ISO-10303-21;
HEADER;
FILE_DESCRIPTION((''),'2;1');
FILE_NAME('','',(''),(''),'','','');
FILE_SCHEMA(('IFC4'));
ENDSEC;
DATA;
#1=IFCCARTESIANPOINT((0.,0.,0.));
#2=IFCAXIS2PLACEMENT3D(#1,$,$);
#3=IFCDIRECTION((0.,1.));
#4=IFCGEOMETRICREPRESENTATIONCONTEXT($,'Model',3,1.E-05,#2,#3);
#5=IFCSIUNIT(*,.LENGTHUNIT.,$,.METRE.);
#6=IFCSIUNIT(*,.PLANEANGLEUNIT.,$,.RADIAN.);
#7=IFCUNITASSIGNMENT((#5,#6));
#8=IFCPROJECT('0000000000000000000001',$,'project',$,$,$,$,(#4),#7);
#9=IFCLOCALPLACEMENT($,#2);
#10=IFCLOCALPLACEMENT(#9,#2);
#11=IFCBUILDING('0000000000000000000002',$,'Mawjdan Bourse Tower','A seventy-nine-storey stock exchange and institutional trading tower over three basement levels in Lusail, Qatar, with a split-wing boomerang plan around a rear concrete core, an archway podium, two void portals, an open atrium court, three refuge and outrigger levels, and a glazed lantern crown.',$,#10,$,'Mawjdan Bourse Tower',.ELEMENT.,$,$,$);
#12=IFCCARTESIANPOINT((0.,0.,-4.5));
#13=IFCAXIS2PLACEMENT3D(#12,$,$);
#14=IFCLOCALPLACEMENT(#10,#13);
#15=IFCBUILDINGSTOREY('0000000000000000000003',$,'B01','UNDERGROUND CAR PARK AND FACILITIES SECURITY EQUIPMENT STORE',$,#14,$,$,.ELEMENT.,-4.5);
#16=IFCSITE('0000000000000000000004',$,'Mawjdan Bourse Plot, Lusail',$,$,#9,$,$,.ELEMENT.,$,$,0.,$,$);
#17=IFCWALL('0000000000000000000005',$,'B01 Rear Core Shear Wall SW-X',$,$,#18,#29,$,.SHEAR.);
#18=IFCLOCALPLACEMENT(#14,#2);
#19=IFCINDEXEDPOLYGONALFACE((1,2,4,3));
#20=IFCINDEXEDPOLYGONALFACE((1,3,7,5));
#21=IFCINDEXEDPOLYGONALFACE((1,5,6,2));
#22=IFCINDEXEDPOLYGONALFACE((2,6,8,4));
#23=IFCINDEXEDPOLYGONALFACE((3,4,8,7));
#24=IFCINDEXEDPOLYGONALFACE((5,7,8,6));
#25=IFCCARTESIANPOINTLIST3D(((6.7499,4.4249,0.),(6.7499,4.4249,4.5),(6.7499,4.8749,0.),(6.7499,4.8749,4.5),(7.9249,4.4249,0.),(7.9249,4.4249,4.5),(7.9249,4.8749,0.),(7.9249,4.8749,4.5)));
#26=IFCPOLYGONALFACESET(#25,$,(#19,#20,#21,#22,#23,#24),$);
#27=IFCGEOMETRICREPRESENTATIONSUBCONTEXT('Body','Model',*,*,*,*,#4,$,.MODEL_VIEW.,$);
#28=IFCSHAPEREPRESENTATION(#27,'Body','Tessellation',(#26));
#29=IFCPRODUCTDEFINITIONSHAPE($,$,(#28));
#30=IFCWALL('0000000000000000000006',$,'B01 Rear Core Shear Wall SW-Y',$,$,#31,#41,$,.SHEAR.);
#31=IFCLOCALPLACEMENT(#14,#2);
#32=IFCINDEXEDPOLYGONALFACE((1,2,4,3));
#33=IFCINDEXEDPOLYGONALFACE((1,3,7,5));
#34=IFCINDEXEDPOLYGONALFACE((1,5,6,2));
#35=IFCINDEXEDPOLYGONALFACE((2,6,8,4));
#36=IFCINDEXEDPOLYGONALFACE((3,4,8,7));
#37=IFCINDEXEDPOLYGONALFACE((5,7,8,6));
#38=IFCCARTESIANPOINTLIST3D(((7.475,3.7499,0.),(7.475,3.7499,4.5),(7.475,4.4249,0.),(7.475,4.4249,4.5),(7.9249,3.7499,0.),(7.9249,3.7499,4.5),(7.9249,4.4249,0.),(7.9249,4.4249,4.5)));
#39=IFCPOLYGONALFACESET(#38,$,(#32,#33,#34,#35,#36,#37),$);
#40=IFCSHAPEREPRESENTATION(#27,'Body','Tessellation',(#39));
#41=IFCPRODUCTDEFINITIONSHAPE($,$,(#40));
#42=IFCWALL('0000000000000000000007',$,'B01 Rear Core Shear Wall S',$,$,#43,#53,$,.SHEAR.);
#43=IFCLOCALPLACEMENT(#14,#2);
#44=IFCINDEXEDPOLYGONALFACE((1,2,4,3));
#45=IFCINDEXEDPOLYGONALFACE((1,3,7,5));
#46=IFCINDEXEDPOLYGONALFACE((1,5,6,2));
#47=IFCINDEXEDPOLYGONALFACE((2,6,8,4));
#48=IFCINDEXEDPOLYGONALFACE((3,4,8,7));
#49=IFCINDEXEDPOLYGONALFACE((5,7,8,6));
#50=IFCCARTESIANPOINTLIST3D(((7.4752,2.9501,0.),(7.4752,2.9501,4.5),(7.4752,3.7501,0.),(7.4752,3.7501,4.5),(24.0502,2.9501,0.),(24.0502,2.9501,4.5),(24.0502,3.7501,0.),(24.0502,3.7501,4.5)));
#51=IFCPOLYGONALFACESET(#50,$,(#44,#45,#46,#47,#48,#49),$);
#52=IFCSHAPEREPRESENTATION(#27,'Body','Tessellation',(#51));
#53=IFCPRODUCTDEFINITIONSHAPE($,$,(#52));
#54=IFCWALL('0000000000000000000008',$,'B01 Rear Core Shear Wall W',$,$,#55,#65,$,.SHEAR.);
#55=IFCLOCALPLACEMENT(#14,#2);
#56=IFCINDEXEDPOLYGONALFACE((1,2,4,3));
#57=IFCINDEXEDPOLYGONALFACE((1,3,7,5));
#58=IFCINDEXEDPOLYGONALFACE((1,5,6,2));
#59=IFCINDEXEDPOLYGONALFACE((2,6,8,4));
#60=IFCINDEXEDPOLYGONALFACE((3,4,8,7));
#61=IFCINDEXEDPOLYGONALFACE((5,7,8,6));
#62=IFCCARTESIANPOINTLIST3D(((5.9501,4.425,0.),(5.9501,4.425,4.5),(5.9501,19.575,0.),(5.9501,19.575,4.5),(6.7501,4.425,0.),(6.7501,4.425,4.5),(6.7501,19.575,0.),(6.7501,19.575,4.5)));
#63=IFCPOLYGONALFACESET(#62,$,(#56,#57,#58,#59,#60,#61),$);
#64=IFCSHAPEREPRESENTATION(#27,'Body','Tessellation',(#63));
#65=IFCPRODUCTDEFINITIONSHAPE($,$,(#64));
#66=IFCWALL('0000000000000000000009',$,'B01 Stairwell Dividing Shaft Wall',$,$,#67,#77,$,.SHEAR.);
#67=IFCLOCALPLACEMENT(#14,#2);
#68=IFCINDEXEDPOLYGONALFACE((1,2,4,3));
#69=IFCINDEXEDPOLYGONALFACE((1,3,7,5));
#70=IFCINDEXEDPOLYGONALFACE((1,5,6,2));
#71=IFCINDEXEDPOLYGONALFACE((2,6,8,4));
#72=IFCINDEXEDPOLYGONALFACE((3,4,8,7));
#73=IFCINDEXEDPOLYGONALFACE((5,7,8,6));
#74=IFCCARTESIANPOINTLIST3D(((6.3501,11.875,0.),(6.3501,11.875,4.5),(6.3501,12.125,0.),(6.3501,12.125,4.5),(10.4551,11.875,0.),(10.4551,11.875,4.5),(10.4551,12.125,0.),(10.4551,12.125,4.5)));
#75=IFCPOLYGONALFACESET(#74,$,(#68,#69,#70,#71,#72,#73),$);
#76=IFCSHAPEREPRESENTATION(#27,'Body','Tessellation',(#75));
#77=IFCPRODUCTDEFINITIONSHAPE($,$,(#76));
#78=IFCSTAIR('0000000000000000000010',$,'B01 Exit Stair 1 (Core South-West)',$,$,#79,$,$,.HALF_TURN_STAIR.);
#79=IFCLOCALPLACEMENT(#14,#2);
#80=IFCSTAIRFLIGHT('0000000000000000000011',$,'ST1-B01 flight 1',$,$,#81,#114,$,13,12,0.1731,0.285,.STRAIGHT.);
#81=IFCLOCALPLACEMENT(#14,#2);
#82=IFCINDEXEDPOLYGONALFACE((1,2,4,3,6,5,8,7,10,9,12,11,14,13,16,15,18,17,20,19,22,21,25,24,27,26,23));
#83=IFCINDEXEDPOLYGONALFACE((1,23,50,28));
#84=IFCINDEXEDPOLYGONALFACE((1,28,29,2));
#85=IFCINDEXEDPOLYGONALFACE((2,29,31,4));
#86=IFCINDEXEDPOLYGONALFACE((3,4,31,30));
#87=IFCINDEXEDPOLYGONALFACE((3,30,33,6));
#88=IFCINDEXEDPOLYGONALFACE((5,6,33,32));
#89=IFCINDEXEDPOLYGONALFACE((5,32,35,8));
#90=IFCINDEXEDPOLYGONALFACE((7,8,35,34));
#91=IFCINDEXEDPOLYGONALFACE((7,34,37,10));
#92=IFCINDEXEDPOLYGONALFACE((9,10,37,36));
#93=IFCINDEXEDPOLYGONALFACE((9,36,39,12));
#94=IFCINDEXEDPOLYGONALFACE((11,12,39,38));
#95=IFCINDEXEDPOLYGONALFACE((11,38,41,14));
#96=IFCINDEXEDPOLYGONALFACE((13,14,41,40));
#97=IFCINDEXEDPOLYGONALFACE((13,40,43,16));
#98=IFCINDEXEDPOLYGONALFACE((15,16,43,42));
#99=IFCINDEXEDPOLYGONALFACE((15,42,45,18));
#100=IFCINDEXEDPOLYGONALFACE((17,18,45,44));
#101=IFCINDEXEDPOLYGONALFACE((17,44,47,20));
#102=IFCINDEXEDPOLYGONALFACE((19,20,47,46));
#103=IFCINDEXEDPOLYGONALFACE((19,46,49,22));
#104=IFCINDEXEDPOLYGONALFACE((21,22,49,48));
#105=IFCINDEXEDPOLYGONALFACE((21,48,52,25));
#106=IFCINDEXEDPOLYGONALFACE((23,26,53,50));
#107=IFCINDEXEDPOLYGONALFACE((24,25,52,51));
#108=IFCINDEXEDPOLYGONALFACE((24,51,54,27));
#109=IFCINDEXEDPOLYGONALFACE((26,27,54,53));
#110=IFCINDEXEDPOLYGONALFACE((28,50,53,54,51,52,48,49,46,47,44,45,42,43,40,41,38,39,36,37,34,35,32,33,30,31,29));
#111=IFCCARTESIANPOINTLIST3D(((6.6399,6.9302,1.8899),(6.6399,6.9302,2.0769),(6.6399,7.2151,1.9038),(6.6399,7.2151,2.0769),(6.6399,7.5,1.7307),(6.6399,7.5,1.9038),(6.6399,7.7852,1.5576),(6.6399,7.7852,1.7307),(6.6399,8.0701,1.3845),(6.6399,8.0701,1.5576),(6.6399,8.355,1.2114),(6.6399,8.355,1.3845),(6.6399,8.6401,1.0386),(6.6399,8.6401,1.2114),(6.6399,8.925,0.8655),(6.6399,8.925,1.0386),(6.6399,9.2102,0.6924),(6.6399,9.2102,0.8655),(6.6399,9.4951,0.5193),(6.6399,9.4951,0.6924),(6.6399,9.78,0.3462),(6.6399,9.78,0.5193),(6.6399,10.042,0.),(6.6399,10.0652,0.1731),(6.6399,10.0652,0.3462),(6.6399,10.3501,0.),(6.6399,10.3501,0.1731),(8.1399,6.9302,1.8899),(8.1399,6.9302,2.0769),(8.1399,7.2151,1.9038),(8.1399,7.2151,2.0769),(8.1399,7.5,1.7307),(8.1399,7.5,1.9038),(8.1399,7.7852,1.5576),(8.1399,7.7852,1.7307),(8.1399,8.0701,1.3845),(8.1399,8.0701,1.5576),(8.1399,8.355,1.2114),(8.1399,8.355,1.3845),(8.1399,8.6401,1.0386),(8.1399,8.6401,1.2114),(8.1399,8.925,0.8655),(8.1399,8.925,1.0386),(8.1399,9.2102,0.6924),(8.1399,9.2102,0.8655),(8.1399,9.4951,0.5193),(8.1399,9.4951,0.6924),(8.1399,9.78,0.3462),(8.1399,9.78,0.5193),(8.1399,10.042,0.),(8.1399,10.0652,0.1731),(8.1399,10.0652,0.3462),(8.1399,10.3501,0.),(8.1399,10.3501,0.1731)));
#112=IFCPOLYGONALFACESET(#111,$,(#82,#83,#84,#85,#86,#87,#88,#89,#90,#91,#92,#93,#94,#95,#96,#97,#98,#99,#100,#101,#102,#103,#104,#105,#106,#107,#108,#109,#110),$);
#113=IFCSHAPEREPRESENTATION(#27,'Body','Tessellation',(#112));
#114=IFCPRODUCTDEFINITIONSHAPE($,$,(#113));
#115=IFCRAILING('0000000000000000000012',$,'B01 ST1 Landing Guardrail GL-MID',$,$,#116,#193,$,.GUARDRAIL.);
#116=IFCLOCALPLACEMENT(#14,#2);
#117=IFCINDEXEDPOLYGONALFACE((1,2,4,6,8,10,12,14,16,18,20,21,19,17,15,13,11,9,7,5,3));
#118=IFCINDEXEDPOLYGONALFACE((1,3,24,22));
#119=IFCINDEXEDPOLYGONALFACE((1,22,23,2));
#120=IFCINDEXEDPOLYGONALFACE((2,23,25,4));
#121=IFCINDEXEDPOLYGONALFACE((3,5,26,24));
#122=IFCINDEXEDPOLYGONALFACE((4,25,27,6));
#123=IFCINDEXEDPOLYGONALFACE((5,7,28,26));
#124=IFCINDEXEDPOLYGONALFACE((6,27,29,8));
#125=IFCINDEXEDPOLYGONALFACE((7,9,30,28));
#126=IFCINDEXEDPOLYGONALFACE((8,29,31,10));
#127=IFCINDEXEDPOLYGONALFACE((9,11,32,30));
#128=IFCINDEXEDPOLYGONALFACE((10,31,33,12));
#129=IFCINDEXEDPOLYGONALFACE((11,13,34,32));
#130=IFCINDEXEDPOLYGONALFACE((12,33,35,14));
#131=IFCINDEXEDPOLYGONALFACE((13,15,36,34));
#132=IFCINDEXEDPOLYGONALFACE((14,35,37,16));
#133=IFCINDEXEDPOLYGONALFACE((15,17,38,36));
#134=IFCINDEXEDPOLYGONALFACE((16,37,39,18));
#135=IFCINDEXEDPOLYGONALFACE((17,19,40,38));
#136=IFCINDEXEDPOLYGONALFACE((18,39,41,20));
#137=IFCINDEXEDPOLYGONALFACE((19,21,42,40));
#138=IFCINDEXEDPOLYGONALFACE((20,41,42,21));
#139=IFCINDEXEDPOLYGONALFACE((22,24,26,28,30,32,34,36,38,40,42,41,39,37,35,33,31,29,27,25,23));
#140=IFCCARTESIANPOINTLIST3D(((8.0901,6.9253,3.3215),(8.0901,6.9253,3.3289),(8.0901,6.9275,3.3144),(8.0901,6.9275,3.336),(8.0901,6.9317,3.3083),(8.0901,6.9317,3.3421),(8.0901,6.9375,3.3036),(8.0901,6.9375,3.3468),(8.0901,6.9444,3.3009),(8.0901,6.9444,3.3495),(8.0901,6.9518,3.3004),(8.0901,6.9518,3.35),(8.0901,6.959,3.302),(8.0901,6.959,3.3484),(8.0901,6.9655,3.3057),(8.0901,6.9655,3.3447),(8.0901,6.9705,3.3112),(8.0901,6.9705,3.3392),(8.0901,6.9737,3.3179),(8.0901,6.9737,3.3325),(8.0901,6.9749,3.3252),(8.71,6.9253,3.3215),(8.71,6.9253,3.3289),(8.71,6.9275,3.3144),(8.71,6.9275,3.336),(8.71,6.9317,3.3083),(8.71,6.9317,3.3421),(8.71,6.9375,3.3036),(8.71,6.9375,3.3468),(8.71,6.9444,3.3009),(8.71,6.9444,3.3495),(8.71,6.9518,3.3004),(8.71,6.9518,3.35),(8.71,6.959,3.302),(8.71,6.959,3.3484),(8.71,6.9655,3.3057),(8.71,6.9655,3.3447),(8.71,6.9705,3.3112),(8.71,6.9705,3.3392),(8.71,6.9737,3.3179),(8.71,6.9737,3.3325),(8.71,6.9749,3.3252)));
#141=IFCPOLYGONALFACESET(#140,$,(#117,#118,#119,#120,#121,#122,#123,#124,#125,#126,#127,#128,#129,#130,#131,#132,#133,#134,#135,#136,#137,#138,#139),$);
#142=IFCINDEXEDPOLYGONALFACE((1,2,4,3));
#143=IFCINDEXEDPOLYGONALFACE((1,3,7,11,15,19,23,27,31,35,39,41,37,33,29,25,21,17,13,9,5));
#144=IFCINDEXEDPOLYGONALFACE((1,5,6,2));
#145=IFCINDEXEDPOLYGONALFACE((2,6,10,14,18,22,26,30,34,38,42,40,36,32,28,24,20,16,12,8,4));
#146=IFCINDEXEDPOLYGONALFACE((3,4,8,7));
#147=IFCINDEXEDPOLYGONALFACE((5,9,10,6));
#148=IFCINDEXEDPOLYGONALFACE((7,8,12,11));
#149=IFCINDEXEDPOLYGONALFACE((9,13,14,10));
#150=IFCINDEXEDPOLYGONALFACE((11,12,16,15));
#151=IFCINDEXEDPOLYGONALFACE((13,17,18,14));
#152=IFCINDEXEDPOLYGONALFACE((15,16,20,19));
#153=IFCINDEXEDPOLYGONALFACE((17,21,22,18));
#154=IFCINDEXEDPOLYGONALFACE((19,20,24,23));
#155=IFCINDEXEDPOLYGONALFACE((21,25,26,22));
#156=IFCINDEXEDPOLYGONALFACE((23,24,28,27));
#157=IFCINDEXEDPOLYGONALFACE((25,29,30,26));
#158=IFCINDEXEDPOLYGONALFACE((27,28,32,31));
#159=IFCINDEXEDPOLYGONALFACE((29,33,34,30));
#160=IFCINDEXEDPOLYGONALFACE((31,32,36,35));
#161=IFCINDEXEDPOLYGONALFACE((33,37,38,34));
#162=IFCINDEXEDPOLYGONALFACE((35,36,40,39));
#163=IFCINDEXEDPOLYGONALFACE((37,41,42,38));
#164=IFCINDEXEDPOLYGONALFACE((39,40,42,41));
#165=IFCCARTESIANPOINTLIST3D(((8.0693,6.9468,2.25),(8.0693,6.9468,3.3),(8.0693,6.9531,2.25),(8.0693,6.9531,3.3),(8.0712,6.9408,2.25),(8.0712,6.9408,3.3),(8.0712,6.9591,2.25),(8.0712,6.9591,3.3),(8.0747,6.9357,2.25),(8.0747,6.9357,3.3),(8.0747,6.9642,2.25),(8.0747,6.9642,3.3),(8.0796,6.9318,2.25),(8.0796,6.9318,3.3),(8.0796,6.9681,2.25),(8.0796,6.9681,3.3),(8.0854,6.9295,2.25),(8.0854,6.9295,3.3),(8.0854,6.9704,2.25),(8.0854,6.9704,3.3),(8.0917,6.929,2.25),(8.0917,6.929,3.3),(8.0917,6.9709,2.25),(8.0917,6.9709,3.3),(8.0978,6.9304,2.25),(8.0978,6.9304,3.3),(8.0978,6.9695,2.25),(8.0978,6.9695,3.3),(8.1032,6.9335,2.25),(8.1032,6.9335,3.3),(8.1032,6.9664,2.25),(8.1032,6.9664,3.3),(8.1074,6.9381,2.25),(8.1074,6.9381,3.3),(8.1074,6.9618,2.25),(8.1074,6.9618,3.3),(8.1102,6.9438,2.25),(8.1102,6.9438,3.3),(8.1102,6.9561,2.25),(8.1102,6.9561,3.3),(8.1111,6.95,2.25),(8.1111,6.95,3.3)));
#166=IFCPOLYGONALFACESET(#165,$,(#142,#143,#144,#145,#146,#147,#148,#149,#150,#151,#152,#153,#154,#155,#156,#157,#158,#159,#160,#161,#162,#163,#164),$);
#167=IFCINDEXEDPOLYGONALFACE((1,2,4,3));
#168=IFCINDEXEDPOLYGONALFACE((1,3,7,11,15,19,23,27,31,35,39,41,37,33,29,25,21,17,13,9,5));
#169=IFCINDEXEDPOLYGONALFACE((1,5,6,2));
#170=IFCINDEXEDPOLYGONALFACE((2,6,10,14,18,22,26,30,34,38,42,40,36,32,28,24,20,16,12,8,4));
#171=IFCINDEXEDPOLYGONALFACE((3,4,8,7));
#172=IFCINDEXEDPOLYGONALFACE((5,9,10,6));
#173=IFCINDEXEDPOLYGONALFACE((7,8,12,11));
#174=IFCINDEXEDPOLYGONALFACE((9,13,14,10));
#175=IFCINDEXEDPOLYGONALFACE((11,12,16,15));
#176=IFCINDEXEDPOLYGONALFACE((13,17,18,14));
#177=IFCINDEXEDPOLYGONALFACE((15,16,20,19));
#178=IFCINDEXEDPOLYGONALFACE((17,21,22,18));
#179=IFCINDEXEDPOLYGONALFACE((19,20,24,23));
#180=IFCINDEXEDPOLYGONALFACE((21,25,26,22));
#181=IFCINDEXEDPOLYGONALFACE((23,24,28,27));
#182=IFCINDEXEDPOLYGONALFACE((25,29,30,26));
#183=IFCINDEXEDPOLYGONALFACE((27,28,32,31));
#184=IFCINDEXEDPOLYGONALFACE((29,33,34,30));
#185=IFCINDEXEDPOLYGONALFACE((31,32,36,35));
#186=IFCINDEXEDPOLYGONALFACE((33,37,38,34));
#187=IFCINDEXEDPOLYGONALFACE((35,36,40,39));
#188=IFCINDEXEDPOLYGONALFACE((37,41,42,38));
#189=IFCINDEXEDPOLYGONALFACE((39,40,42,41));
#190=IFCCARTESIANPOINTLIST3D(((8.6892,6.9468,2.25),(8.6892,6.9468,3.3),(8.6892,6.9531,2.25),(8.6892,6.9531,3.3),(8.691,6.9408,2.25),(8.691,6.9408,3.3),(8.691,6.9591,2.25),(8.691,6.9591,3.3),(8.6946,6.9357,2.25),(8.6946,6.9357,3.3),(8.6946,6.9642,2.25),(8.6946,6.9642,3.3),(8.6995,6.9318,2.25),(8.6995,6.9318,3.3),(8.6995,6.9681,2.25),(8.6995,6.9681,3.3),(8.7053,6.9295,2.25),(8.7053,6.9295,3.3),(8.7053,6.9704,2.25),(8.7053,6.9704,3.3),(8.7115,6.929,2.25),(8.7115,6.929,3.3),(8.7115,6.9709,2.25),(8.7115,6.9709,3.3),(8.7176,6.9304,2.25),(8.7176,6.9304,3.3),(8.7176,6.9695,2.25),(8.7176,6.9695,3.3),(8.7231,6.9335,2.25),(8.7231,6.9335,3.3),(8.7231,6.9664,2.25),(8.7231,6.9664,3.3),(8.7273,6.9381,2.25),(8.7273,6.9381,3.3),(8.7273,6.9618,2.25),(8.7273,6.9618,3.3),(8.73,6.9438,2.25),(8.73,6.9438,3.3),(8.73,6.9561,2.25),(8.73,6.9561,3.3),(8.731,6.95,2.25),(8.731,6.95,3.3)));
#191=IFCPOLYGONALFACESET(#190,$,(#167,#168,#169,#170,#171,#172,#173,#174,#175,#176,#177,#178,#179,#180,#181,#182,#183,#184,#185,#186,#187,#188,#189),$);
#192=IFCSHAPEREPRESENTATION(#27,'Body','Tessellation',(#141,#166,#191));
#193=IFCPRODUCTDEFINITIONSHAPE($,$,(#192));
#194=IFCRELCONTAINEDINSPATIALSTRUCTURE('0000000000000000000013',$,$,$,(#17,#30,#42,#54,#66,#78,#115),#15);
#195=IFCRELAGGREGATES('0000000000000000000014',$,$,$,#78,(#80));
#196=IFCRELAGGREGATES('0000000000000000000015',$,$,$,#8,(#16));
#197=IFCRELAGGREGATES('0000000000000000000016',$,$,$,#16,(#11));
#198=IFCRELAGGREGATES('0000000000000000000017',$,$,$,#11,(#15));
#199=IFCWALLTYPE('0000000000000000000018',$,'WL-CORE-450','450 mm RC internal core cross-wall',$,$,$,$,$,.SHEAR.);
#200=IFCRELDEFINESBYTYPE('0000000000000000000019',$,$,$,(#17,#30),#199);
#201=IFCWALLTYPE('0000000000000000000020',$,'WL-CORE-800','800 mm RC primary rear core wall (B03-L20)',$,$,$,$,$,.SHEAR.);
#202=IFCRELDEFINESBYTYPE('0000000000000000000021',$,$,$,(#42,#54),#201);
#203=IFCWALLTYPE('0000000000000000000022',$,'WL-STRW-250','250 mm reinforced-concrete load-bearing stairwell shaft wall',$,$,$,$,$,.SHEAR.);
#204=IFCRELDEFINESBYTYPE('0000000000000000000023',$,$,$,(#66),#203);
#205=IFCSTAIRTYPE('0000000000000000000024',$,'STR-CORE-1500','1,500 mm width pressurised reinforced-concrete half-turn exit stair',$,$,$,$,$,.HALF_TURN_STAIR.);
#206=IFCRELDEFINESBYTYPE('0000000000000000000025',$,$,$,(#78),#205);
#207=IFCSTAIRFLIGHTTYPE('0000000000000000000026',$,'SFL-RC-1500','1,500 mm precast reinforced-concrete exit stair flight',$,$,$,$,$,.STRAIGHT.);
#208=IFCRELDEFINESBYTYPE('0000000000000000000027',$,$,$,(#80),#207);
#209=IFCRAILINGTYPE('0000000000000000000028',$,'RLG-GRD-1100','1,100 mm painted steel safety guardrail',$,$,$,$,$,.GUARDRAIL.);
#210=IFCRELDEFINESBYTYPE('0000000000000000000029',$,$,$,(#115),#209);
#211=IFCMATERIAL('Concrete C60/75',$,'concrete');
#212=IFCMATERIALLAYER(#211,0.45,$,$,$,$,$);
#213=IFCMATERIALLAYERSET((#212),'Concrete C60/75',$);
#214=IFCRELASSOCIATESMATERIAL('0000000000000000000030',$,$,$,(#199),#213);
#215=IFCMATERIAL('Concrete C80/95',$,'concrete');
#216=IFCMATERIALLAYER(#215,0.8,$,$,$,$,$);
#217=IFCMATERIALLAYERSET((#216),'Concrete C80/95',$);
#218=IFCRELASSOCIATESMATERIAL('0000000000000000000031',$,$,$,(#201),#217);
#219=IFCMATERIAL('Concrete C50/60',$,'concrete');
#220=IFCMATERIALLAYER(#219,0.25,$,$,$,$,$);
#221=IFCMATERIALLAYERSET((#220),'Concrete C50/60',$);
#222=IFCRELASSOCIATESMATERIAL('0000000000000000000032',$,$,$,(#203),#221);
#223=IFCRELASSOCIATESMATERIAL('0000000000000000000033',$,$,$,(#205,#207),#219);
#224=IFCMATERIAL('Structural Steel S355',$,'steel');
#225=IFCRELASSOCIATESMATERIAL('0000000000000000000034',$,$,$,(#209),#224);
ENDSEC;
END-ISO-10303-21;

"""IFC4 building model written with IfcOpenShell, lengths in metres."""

from ifc_helpers import new_model, si_unit, direction, frame, frame_2d, origin, origin_2d, place, context, subcontext, project, spatial, polyline, rectangle, circle, outline, extrude, material, layer, layer_set, type_object, element, aggregate, save


model = new_model("IFC4")

# Units and contexts
model_context = context("Model", 3, precision=1e-05, world=origin(), true_north=direction((0.0, 1.0)))
body_context = subcontext(model_context, "Body", "Model", "MODEL_VIEW")
ifc_project = project(units=[si_unit("LENGTHUNIT", "METRE"), si_unit("PLANEANGLEUNIT", "RADIAN")], contexts=[model_context])

# Site, building, storey
site_placement = place(None, origin())
site = spatial("IfcSite", under=ifc_project, at=site_placement, Name="Mawjdan Bourse Plot, Lusail", CompositionType="ELEMENT", RefElevation=0.0)
building_placement = place(site_placement, origin())
building = spatial("IfcBuilding", under=site, at=building_placement, Name="Mawjdan Bourse Tower", Description="A seventy-nine-storey stock exchange and institutional trading tower over three basement levels in Lusail, Qatar, with a split-wing boomerang plan around a rear concrete core, an archway podium, two void portals, an open atrium court, three refuge and outrigger levels, and a glazed lantern crown.", LongName="Mawjdan Bourse Tower", CompositionType="ELEMENT")
storey_placement = place(building_placement, frame((0.0, 0.0, -4.5)))
storey = spatial("IfcBuildingStorey", under=building, at=storey_placement, Name="B01", Description="UNDERGROUND CAR PARK AND FACILITIES SECURITY EQUIPMENT STORE", CompositionType="ELEMENT", Elevation=-4.5)

# Shared definitions
ifc_material_1 = material(Name="Concrete C80/95", Category="concrete")

# Shared definitions
ifc_material_2 = material(Name="Structural Steel S355", Category="steel")

# Walls
ifc_material_3 = material(Name="Concrete C60/75", Category="concrete")
ifc_layer_1 = layer(ifc_material_3, 0.45)
ifc_layer_set_1 = layer_set([ifc_layer_1], Name="Concrete C60/75")
wall_type_1 = type_object("IfcWallType", Name="WL-CORE-450", Description="450 mm RC internal core cross-wall", PredefinedType="SHEAR", material=ifc_layer_set_1)
wall_1_placement = place(storey_placement, frame((6.75, 4.6499, 0.0), z_axis=(0.0, 0.0, 1.0), x_axis=(1.0, 0.0, 0.0)))
element("IfcWall", 1, at=wall_1_placement, inside=storey, type_object=wall_type_1, Name="B01 Rear Core Shear Wall SW-X", PredefinedType="SHEAR", context=body_context, shape_type="SweptSolid", body=[
    extrude(rectangle(XDim=1.175, YDim=0.45, at=frame_2d((0.5874, 0.0))), origin(), (0.0, 0.0, 1.0), 4.5),
])
wall_2_placement = place(storey_placement, frame((7.7, 3.75, 0.0), z_axis=(0.0, 0.0, 1.0), x_axis=(0.0, 1.0, 0.0)))
element("IfcWall", 2, at=wall_2_placement, inside=storey, type_object=wall_type_1, Name="B01 Rear Core Shear Wall SW-Y", PredefinedType="SHEAR", context=body_context, shape_type="SweptSolid", body=[
    extrude(rectangle(XDim=0.675, YDim=0.45, at=frame_2d((0.3374, 0.0))), origin(), (0.0, 0.0, 1.0), 4.5),
])
ifc_layer_2 = layer(ifc_material_1, 0.8)
ifc_layer_set_2 = layer_set([ifc_layer_2], Name="Concrete C80/95")
wall_type_2 = type_object("IfcWallType", Name="WL-CORE-800", Description="800 mm RC primary rear core wall (B03-L20)", PredefinedType="SHEAR", material=ifc_layer_set_2)
wall_3_placement = place(storey_placement, frame((7.4751, 3.3501, 0.0), z_axis=(0.0, 0.0, 1.0), x_axis=(1.0, 0.0, 0.0)))
element("IfcWall", 3, at=wall_3_placement, inside=storey, type_object=wall_type_2, Name="B01 Rear Core Shear Wall S", PredefinedType="SHEAR", context=body_context, shape_type="SweptSolid", body=[
    extrude(rectangle(XDim=16.575, YDim=0.8, at=frame_2d((8.2876, 0.0))), origin(), (0.0, 0.0, 1.0), 4.5),
])
wall_4_placement = place(storey_placement, frame((6.3501, 4.425, 0.0), z_axis=(0.0, 0.0, 1.0), x_axis=(0.0, 1.0, 0.0)))
element("IfcWall", 4, at=wall_4_placement, inside=storey, type_object=wall_type_2, Name="B01 Rear Core Shear Wall W", PredefinedType="SHEAR", context=body_context, shape_type="SweptSolid", body=[
    extrude(rectangle(XDim=15.1499, YDim=0.8, at=frame_2d((7.575, 0.0))), origin(), (0.0, 0.0, 1.0), 4.5),
])
ifc_material_4 = material(Name="Concrete C50/60", Category="concrete")
ifc_layer_3 = layer(ifc_material_4, 0.25)
ifc_layer_set_3 = layer_set([ifc_layer_3], Name="Concrete C50/60")
wall_type_3 = type_object("IfcWallType", Name="WL-STRW-250", Description="250 mm reinforced-concrete load-bearing stairwell shaft wall", PredefinedType="SHEAR", material=ifc_layer_set_3)
wall_5_placement = place(storey_placement, frame((6.3501, 12.0, 0.0), z_axis=(0.0, 0.0, 1.0), x_axis=(1.0, 0.0, 0.0)))
element("IfcWall", 5, at=wall_5_placement, inside=storey, type_object=wall_type_3, Name="B01 Stairwell Dividing Shaft Wall", PredefinedType="SHEAR", context=body_context, shape_type="SweptSolid", body=[
    extrude(rectangle(XDim=4.105, YDim=0.25, at=frame_2d((2.0525, 0.0))), origin(), (0.0, 0.0, 1.0), 4.5),
])

# Stair, stair flight
stair_type = type_object("IfcStairType", Name="STR-CORE-1500", Description="1,500 mm width pressurised reinforced-concrete half-turn exit stair", PredefinedType="HALF_TURN_STAIR", material=ifc_material_4)
stair_placement = place(storey_placement, origin())
stair = element("IfcStair", 6, at=stair_placement, inside=storey, type_object=stair_type, Name="B01 Exit Stair 1 (Core South-West)", PredefinedType="HALF_TURN_STAIR")
stair_flight_type = type_object("IfcStairFlightType", Name="SFL-RC-1500", Description="1,500 mm precast reinforced-concrete exit stair flight", PredefinedType="STRAIGHT", material=ifc_material_4)
stair_flight_placement = place(storey_placement, frame((7.3899, 10.3501, 0.0), z_axis=(0.0, 0.0, 1.0), x_axis=(0.0, -1.0, 0.0)))
stair_flight = element("IfcStairFlight", 7, at=stair_flight_placement, type_object=stair_flight_type, Name="ST1-B01 flight 1", NumberOfRisers=13, NumberOfTreads=12, PredefinedType="STRAIGHT", RiserHeight=0.1731, TreadLength=0.285, context=body_context, shape_type="SweptSolid", body=[
    extrude(outline(polyline([(0.0, 0.0), (0.0, 0.1731), (0.2849, 0.1731), (0.2849, 0.3462), (0.5701, 0.3462), (0.5701, 0.5193), (0.855, 0.5193), (0.855, 0.6924), (1.1399, 0.6924), (1.1399, 0.8655), (1.425, 0.8655), (1.425, 1.0386), (1.71, 1.0386), (1.71, 1.2114), (1.9951, 1.2114), (1.9951, 1.3845), (2.28, 1.3845), (2.28, 1.5576), (2.5649, 1.5576), (2.5649, 1.7307), (2.8501, 1.7307), (2.8501, 1.9038), (3.135, 1.9038), (3.135, 2.0769), (3.4199, 2.0769), (3.4199, 2.25), (3.4199, 1.8899), (0.3081, 0.0), (0.0, 0.0)])), frame((0.0, 0.75, 0.0), z_axis=(0.0, -1.0, 0.0), x_axis=(1.0, 0.0, 0.0)), (0.0, 0.0, 1.0), 1.5),
])
aggregate(stair, [stair_flight])

# Railing
railing_type = type_object("IfcRailingType", Name="RLG-GRD-1100", Description="1,100 mm painted steel safety guardrail", PredefinedType="GUARDRAIL", material=ifc_material_2)
for number, where, name in (
    (8, (8.0901, 6.95, 2.25), "B01 ST1 Landing Guardrail GL-MID"),
):
    element("IfcRailing", number, at=place(storey_placement, frame(where)), inside=storey, type_object=railing_type, Name=name, PredefinedType="GUARDRAIL", context=body_context, shape_type="SweptSolid", body=[
        extrude(circle(Radius=0.0249, at=origin_2d()), frame((0.0, 0.0, 1.0752), z_axis=(1.0, 0.0, 0.0), x_axis=(0.0, 1.0, 0.0)), (0.0, 0.0, 1.0), 0.6199),
        extrude(circle(Radius=0.021, at=origin_2d()), origin(), (0.0, 0.0, 1.0), 1.05),
        extrude(circle(Radius=0.021, at=origin_2d()), frame((0.6199, 0.0, 0.0)), (0.0, 0.0, 1.0), 1.05),
    ])

save(model, "model.ifc")
